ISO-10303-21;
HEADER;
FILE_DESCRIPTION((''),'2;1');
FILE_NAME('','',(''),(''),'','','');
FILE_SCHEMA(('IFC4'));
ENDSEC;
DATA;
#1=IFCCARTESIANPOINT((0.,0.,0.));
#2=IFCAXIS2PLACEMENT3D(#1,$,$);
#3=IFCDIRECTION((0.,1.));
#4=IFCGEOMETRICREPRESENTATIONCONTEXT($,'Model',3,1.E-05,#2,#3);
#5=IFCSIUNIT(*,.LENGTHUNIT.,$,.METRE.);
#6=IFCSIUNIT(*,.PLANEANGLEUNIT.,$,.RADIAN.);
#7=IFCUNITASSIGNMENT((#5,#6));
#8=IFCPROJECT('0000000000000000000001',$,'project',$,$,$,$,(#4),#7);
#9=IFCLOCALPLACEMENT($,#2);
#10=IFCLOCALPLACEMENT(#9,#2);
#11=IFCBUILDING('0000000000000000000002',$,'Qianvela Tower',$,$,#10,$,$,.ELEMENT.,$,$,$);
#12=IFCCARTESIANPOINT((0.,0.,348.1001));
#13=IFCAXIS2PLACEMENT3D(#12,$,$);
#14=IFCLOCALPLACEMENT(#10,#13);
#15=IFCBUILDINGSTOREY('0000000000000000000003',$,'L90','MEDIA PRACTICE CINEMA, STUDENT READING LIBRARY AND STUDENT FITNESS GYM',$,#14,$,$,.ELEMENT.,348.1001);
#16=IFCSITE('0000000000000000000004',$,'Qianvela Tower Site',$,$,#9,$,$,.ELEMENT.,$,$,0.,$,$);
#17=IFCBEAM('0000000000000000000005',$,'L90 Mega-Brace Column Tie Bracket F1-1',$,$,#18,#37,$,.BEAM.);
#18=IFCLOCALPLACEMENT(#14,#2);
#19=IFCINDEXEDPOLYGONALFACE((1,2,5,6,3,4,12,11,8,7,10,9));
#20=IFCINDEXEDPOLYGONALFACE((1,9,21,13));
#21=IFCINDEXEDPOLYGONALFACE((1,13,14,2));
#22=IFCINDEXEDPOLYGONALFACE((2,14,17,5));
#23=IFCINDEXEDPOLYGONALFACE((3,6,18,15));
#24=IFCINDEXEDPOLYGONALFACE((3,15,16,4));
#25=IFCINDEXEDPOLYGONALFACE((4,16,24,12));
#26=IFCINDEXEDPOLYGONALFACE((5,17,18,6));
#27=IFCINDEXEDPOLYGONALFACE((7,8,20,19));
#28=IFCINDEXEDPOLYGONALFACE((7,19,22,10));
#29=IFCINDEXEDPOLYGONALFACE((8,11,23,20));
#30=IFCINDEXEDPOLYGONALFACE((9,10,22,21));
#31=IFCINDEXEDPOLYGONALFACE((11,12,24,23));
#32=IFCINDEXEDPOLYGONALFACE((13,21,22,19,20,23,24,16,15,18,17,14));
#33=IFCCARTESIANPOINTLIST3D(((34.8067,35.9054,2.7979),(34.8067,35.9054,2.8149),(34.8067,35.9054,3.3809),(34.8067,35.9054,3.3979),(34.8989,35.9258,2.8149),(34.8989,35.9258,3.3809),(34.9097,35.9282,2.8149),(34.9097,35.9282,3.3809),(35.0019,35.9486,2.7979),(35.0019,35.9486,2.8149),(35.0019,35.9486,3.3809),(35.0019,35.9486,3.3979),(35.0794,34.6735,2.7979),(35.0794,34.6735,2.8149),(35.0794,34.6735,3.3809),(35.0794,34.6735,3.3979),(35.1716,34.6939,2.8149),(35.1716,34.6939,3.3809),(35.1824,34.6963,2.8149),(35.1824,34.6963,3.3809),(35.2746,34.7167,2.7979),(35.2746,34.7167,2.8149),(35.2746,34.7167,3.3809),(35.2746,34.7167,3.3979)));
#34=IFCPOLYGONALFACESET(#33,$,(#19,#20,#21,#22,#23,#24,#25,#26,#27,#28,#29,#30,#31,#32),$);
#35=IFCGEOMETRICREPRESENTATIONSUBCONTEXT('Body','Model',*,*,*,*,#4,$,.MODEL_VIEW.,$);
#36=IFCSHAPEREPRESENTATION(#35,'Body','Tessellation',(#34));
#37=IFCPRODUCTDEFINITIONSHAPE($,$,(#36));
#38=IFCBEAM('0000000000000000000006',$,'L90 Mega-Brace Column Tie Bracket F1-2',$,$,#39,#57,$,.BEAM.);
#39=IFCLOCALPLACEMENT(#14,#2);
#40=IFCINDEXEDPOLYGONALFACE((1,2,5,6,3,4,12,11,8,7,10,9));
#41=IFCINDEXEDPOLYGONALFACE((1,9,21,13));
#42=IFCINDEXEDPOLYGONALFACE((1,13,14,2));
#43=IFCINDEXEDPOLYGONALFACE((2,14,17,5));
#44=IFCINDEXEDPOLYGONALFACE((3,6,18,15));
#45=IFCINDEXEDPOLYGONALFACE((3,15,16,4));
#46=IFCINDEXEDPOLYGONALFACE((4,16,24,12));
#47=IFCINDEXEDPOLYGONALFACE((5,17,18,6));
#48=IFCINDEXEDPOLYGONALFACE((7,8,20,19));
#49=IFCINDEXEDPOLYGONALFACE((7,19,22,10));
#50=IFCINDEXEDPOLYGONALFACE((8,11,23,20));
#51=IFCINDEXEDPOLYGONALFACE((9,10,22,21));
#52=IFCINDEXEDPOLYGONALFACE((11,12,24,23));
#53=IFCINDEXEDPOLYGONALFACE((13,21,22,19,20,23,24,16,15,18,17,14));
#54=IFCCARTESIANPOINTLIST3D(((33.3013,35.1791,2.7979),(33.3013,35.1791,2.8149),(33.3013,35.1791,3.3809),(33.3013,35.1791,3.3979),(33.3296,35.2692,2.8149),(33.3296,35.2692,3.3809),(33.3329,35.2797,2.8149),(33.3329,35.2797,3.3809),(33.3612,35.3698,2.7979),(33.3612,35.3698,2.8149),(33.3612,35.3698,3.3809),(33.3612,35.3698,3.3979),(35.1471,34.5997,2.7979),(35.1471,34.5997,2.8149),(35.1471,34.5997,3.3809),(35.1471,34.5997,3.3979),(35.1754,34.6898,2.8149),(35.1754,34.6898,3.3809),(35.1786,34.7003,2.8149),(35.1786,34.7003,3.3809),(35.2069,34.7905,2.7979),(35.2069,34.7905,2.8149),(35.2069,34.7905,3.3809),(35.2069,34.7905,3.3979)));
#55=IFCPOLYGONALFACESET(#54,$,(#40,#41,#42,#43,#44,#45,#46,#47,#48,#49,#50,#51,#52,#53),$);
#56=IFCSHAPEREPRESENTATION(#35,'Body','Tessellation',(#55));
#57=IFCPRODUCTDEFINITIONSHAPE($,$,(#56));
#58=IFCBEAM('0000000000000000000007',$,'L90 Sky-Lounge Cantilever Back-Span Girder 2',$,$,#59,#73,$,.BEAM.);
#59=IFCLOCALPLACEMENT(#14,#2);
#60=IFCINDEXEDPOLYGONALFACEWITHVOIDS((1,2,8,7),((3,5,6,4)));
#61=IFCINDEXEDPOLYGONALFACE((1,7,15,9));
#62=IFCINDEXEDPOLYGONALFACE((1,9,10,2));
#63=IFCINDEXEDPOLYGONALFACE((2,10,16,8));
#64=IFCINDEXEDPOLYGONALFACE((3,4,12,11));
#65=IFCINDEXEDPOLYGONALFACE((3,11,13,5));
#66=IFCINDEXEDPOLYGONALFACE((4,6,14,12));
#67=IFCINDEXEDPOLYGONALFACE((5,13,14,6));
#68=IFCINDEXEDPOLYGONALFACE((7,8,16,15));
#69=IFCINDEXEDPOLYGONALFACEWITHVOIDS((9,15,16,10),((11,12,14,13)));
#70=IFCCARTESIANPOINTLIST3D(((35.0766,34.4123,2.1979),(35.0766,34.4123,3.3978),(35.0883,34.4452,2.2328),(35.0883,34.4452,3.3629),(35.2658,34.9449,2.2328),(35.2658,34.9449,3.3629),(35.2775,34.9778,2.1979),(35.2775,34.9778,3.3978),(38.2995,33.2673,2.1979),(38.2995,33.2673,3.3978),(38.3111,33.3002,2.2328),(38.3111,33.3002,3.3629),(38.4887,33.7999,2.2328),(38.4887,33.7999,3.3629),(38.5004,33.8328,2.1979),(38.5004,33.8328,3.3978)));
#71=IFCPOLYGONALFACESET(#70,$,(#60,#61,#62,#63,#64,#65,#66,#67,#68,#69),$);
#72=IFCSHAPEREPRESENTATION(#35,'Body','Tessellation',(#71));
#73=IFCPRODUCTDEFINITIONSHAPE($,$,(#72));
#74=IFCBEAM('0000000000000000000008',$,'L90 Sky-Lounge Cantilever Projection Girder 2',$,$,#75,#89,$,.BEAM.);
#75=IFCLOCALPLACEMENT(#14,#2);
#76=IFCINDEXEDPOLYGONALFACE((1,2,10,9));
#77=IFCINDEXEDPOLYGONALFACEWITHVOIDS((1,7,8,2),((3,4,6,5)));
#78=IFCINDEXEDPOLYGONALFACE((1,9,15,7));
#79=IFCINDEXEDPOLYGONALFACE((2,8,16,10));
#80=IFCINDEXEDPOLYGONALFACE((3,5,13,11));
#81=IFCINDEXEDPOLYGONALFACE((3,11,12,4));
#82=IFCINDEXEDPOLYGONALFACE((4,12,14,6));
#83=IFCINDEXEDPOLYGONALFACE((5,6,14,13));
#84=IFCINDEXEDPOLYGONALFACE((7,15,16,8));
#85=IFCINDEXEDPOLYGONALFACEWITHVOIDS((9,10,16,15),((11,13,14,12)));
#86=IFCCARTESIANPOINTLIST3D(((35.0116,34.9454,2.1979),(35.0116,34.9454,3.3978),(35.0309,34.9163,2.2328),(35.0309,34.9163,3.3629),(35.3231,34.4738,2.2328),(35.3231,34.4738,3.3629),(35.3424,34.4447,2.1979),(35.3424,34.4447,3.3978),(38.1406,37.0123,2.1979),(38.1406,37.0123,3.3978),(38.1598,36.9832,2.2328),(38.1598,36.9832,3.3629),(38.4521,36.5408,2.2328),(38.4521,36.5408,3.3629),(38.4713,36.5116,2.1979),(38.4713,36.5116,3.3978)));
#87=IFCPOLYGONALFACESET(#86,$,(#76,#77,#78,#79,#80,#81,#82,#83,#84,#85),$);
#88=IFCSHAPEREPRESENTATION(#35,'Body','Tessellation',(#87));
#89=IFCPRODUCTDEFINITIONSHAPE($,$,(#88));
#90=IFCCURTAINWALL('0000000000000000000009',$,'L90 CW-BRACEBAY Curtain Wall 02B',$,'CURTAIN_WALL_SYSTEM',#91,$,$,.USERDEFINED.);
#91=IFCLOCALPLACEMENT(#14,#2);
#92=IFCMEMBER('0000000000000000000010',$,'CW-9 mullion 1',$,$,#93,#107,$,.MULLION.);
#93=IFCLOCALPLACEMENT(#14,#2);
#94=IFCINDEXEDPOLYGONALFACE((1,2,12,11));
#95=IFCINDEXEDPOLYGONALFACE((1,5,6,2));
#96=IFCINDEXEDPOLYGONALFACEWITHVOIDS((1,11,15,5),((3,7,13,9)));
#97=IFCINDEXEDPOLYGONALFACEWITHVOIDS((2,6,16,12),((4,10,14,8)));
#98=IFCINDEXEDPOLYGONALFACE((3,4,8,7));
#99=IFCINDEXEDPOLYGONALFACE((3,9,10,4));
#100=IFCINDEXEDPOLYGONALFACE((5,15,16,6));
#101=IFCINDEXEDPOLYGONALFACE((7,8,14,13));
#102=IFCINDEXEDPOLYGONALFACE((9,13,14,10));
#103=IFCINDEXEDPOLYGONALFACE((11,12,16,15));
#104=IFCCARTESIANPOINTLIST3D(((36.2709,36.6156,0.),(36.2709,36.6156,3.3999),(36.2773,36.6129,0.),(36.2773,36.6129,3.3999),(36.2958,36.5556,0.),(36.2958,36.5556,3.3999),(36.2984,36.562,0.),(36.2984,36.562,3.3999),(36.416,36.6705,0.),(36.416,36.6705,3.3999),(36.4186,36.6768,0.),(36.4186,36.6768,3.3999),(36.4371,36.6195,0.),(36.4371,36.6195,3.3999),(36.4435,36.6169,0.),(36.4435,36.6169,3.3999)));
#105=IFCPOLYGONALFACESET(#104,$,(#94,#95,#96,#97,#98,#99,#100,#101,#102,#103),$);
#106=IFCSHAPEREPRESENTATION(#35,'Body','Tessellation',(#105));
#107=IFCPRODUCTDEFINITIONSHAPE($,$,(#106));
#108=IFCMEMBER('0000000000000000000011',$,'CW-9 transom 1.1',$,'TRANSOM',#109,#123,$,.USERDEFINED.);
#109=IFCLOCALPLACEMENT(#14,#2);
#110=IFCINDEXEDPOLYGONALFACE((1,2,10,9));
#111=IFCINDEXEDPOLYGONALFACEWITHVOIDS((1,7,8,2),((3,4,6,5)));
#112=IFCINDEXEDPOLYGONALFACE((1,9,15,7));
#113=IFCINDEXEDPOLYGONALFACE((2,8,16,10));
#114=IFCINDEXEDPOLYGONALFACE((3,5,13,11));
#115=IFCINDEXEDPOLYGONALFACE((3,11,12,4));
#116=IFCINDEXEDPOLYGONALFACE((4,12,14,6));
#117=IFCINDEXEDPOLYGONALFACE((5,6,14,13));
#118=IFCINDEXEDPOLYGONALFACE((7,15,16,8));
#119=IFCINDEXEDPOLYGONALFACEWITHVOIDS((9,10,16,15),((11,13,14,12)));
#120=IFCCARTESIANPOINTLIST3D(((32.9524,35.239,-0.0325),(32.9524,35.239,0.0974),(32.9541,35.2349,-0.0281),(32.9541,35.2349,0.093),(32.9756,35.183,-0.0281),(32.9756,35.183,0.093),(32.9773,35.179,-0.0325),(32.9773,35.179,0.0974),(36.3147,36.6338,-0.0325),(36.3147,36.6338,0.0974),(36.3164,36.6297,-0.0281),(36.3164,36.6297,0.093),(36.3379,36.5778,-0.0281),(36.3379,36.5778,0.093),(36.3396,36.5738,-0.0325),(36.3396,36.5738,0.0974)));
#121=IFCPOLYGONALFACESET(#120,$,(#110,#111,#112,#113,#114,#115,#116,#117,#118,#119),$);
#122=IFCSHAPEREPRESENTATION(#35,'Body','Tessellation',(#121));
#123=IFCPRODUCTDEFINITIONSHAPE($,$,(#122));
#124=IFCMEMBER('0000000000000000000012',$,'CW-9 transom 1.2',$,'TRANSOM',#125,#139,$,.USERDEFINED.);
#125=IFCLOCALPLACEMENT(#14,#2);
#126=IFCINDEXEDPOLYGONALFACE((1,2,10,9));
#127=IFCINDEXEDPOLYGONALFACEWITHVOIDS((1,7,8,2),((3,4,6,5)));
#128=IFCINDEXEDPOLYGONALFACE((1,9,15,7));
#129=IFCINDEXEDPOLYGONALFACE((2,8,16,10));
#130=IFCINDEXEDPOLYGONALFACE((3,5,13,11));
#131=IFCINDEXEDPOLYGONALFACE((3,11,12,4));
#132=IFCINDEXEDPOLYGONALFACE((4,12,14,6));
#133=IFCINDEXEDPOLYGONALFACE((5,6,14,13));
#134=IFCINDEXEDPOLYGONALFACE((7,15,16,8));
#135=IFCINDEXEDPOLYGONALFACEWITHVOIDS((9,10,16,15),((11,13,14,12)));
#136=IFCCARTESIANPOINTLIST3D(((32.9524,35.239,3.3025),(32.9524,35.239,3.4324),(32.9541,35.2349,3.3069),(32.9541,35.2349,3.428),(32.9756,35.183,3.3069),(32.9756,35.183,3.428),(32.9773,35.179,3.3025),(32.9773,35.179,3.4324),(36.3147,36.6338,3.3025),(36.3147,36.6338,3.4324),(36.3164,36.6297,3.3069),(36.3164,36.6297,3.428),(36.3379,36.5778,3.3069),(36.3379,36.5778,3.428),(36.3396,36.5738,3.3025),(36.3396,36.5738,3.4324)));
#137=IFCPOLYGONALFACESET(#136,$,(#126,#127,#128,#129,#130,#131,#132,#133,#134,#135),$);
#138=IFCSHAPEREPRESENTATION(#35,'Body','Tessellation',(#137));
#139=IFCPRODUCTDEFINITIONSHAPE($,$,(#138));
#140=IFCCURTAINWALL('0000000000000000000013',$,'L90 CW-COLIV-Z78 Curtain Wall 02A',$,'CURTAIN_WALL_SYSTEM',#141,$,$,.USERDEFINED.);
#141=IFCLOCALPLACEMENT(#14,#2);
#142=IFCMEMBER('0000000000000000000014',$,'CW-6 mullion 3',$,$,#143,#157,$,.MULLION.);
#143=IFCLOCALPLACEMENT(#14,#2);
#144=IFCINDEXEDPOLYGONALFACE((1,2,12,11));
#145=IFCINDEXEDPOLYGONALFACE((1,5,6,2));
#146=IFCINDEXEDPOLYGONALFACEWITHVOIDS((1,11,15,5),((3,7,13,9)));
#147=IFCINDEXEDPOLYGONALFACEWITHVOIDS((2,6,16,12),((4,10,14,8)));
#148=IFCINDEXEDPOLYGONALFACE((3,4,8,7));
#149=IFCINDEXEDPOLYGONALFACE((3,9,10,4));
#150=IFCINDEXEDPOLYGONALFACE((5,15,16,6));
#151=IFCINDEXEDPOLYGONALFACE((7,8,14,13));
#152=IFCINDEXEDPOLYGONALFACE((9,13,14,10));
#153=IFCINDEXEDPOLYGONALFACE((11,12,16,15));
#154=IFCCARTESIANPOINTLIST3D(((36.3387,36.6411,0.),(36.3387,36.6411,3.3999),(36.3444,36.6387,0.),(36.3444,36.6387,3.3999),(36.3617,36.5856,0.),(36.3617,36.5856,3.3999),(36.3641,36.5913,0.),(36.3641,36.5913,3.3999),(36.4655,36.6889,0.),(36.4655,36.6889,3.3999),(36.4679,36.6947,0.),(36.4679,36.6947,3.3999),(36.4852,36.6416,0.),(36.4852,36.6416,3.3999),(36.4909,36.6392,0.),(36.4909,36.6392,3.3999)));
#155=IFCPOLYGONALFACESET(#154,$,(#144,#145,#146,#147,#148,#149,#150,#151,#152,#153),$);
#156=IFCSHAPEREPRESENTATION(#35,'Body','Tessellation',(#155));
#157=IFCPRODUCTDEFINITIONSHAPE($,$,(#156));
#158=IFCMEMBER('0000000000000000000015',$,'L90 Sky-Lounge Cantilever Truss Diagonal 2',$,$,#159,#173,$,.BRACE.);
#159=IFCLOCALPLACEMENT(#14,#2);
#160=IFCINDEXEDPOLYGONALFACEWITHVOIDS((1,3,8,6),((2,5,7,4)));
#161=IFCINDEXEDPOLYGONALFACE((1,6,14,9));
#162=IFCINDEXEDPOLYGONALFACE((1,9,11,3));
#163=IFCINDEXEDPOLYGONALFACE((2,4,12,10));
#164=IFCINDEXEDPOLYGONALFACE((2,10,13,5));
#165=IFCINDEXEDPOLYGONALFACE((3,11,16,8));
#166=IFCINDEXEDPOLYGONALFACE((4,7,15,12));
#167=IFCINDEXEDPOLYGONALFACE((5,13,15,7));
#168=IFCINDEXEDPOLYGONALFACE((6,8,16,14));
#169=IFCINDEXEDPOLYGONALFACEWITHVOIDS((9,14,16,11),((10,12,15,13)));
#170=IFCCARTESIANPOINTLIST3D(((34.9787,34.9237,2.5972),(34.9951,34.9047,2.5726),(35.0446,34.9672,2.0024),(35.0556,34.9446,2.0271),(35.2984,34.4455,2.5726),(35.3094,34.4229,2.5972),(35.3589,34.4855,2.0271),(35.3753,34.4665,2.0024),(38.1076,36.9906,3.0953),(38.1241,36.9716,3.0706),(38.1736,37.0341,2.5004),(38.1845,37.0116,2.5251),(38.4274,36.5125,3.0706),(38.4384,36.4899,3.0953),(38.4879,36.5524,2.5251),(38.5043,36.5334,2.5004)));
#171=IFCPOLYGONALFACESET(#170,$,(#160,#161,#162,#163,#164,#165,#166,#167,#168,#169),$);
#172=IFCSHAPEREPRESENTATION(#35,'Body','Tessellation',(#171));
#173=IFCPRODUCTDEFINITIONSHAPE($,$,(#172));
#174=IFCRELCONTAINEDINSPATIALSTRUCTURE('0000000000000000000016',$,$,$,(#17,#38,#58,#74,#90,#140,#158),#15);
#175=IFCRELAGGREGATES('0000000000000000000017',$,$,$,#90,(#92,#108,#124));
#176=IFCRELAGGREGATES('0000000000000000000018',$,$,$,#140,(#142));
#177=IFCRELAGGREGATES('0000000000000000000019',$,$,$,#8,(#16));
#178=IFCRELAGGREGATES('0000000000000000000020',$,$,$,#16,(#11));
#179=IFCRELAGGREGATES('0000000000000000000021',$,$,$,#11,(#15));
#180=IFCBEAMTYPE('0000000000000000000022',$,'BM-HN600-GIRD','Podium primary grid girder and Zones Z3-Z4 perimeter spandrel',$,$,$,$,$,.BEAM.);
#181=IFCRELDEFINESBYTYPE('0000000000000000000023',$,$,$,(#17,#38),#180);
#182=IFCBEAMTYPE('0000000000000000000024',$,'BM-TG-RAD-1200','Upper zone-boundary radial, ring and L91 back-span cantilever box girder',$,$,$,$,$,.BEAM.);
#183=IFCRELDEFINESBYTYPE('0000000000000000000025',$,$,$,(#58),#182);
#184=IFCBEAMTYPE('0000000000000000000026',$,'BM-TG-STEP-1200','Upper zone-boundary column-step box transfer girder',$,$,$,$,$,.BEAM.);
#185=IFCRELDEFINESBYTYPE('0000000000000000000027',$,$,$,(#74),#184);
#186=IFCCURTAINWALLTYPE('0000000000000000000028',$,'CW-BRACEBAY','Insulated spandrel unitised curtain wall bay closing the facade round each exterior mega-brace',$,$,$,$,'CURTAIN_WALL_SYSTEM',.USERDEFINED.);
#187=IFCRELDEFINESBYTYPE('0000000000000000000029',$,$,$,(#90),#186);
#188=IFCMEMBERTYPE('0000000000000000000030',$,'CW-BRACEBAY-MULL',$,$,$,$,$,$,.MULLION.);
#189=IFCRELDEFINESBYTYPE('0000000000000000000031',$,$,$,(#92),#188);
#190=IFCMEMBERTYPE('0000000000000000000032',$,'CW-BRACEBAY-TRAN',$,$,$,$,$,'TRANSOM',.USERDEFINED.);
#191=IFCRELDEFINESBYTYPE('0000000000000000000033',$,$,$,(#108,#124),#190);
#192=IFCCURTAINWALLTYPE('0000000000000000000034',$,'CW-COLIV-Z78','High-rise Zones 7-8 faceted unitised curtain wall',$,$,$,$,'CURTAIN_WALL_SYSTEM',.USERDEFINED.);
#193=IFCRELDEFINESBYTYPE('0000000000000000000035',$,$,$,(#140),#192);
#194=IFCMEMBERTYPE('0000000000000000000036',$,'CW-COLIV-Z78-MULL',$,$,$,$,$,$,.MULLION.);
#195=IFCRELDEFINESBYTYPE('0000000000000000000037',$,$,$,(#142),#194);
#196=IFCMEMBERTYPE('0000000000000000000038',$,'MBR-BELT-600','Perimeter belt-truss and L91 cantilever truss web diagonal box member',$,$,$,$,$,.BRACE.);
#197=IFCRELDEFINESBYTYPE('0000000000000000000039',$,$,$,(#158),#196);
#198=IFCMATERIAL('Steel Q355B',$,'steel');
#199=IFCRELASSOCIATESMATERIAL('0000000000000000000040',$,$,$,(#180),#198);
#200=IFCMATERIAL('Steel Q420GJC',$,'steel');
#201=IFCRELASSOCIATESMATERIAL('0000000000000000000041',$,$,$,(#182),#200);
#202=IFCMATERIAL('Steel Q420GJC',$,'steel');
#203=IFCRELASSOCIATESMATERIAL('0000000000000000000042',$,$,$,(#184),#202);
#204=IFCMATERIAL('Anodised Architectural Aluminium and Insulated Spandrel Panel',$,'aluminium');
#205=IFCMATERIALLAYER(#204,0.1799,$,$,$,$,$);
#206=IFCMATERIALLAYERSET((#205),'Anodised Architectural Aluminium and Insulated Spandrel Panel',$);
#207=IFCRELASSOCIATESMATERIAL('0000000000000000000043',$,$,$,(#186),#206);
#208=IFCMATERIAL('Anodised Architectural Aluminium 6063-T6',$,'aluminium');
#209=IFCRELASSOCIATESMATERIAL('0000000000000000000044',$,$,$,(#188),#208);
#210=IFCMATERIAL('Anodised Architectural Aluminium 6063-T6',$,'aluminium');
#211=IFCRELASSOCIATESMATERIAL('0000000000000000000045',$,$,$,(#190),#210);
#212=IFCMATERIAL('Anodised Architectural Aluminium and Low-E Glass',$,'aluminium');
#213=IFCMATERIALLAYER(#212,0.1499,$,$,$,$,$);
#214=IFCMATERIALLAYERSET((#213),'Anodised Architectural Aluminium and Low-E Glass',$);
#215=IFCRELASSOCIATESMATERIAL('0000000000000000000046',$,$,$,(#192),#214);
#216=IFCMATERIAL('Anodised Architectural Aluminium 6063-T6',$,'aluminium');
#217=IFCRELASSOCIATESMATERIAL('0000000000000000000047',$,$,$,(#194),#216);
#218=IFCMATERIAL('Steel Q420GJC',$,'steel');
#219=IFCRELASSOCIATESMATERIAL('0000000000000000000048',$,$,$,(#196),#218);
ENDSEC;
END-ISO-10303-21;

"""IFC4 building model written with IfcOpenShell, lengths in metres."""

from ifc_helpers import new_model, si_unit, direction, frame, origin, origin_2d, place, context, subcontext, project, spatial, hollow_rectangle, i_section, extrude, material, layer, layer_set, material_profile, profile_set, type_object, element, aggregate, save


model = new_model("IFC4")

# Units and contexts
model_context = context("Model", 3, precision=1e-05, world=origin(), true_north=direction((0.0, 1.0)))
body_context = subcontext(model_context, "Body", "Model", "MODEL_VIEW")
ifc_project = project(units=[si_unit("LENGTHUNIT", "METRE"), si_unit("PLANEANGLEUNIT", "RADIAN")], contexts=[model_context])

# Site, building, storey
site_placement = place(None, origin())
site = spatial("IfcSite", under=ifc_project, at=site_placement, Name="Qianvela Tower Site", CompositionType="ELEMENT", RefElevation=0.0)
building_placement = place(site_placement, origin())
building = spatial("IfcBuilding", under=site, at=building_placement, Name="Qianvela Tower", CompositionType="ELEMENT")
storey_placement = place(building_placement, frame((0.0, 0.0, 348.1001)))
storey = spatial("IfcBuildingStorey", under=building, at=storey_placement, Name="L90", Description="MEDIA PRACTICE CINEMA, STUDENT READING LIBRARY AND STUDENT FITNESS GYM", CompositionType="ELEMENT", Elevation=348.1001)

# Beams
ifc_material_1 = material(Name="Steel Q355B", Category="steel")
ifc_material_profile_1 = material_profile(ifc_material_1, i_section(OverallWidth=0.2, OverallDepth=0.6001, WebThickness=0.011, FlangeThickness=0.0171, at=origin_2d()), Name="HN600x200x11x17")
ifc_profile_set_1 = profile_set([ifc_material_profile_1], Name="Steel Q355B")
beam_type_1 = type_object("IfcBeamType", Name="BM-HN600-GIRD", Description="Podium primary grid girder and Zones Z3-Z4 perimeter spandrel", PredefinedType="BEAM", material=ifc_profile_set_1)
beam_1_placement = place(storey_placement, frame((35.177, 34.6951, 3.0979), z_axis=(-0.216131, 0.976364, 0.0), x_axis=(-0.976364, -0.216131, 0.0)))
element("IfcBeam", 1, at=beam_1_placement, inside=storey, type_object=beam_type_1, Name="L90 Mega-Brace Column Tie Bracket F1-1", PredefinedType="BEAM", context=body_context, shape_type="SweptSolid", body=[
    extrude(i_section(OverallWidth=0.2, OverallDepth=0.6001, WebThickness=0.011, FlangeThickness=0.0171, at=origin_2d()), origin(), (0.0, 0.0, 1.0), 1.2617),
])
beam_2_placement = place(storey_placement, frame((35.177, 34.6951, 3.0979), z_axis=(-0.954102, 0.299482, 0.0), x_axis=(-0.299482, -0.954102, 0.0)))
element("IfcBeam", 2, at=beam_2_placement, inside=storey, type_object=beam_type_1, Name="L90 Mega-Brace Column Tie Bracket F1-2", PredefinedType="BEAM", context=body_context, shape_type="SweptSolid", body=[
    extrude(i_section(OverallWidth=0.2, OverallDepth=0.6001, WebThickness=0.011, FlangeThickness=0.0171, at=origin_2d()), origin(), (0.0, 0.0, 1.0), 1.9346),
])
ifc_material_2 = material(Name="Steel Q420GJC", Category="steel")
ifc_material_profile_2 = material_profile(ifc_material_2, hollow_rectangle(XDim=0.6001, YDim=1.2, WallThickness=0.0349, at=origin_2d()), Name="TG-BOX-1200x600x35")
ifc_profile_set_2 = profile_set([ifc_material_profile_2], Name="Steel Q420GJC")
beam_type_2 = type_object("IfcBeamType", Name="BM-TG-RAD-1200", Description="Upper zone-boundary radial, ring and L91 back-span cantilever box girder", PredefinedType="BEAM", material=ifc_profile_set_2)
beam_3_placement = place(storey_placement, frame((38.3999, 33.55, 2.7979), z_axis=(-0.942298, 0.334776, 0.0), x_axis=(-0.334776, -0.942298, 0.0)))
element("IfcBeam", 3, at=beam_3_placement, inside=storey, type_object=beam_type_2, Name="L90 Sky-Lounge Cantilever Back-Span Girder 2", PredefinedType="BEAM", context=body_context, shape_type="SweptSolid", body=[
    extrude(hollow_rectangle(XDim=0.6001, YDim=1.2, WallThickness=0.0349, at=origin_2d()), origin(), (0.0, 0.0, 1.0), 3.4202),
])
ifc_material_3 = material(Name="Steel Q420GJC", Category="steel")
ifc_material_profile_3 = material_profile(ifc_material_3, hollow_rectangle(XDim=0.6001, YDim=1.2, WallThickness=0.0349, at=origin_2d()), Name="TG-BOX-1200x600x35")
ifc_profile_set_3 = profile_set([ifc_material_profile_3], Name="Steel Q420GJC")
beam_type_3 = type_object("IfcBeamType", Name="BM-TG-STEP-1200", Description="Upper zone-boundary column-step box transfer girder", PredefinedType="BEAM", material=ifc_profile_set_3)
beam_4_placement = place(storey_placement, frame((35.177, 34.6951, 2.7979), z_axis=(0.834387, 0.55118, 0.0), x_axis=(-0.55118, 0.834387, 0.0)))
element("IfcBeam", 4, at=beam_4_placement, inside=storey, type_object=beam_type_3, Name="L90 Sky-Lounge Cantilever Projection Girder 2", PredefinedType="BEAM", context=body_context, shape_type="SweptSolid", body=[
    extrude(hollow_rectangle(XDim=0.6001, YDim=1.2, WallThickness=0.0349, at=origin_2d()), origin(), (0.0, 0.0, 1.0), 3.75),
])

# Curtain wall, members
ifc_material_4 = material(Name="Anodised Architectural Aluminium and Insulated Spandrel Panel", Category="aluminium")
ifc_layer_1 = layer(ifc_material_4, 0.1799)
ifc_layer_set_1 = layer_set([ifc_layer_1], Name="Anodised Architectural Aluminium and Insulated Spandrel Panel")
curtain_wall_type_1 = type_object("IfcCurtainWallType", Name="CW-BRACEBAY", Description="Insulated spandrel unitised curtain wall bay closing the facade round each exterior mega-brace", ElementType="CURTAIN_WALL_SYSTEM", PredefinedType="USERDEFINED", material=ifc_layer_set_1)
curtain_wall_1_placement = place(storey_placement, origin())
curtain_wall_1 = element("IfcCurtainWall", 5, at=curtain_wall_1_placement, inside=storey, type_object=curtain_wall_type_1, Name="L90 CW-BRACEBAY Curtain Wall 02B", ObjectType="CURTAIN_WALL_SYSTEM", PredefinedType="USERDEFINED")
ifc_material_5 = material(Name="Anodised Architectural Aluminium 6063-T6", Category="aluminium")
ifc_material_profile_4 = material_profile(ifc_material_5, hollow_rectangle(XDim=0.0649, YDim=0.1599, WallThickness=0.0049, at=origin_2d()), Name="ALU-MULL-65x160")
ifc_profile_set_4 = profile_set([ifc_material_profile_4], Name="Anodised Architectural Aluminium 6063-T6")
member_type_1 = type_object("IfcMemberType", Name="CW-BRACEBAY-MULL", PredefinedType="MULLION", material=ifc_profile_set_4)
member_1_placement = place(storey_placement, frame((36.3572, 36.6162, 0.0), z_axis=(0.0, 0.0, 1.0), x_axis=(0.383133, -0.923693, 0.0)))
member_1 = element("IfcMember", 6, at=member_1_placement, type_object=member_type_1, Name="CW-9 mullion 1", PredefinedType="MULLION", context=body_context, shape_type="SweptSolid", body=[
    extrude(hollow_rectangle(XDim=0.0649, YDim=0.1599, WallThickness=0.0049, at=origin_2d()), origin(), (0.0, 0.0, 1.0), 3.3999),
])
ifc_material_6 = material(Name="Anodised Architectural Aluminium 6063-T6", Category="aluminium")
ifc_material_profile_5 = material_profile(ifc_material_6, hollow_rectangle(XDim=0.0649, YDim=0.1299, WallThickness=0.0044, at=origin_2d()), Name="ALU-TRAN-65x130")
ifc_profile_set_5 = profile_set([ifc_material_profile_5], Name="Anodised Architectural Aluminium 6063-T6")
member_type_2 = type_object("IfcMemberType", Name="CW-BRACEBAY-TRAN", ElementType="TRANSOM", PredefinedType="USERDEFINED", material=ifc_profile_set_5)
member_2_placement = place(storey_placement, frame((36.3271, 36.6038, 0.0325), z_axis=(-0.923679, -0.383167, 0.0), x_axis=(0.383167, -0.923679, 0.0)))
member_2 = element("IfcMember", 7, at=member_2_placement, type_object=member_type_2, Name="CW-9 transom 1.1", ObjectType="TRANSOM", PredefinedType="USERDEFINED", context=body_context, shape_type="SweptSolid", body=[
    extrude(hollow_rectangle(XDim=0.0649, YDim=0.1299, WallThickness=0.0044, at=origin_2d()), origin(), (0.0, 0.0, 1.0), 3.6401),
])
member_3_placement = place(storey_placement, frame((36.3271, 36.6038, 3.3674), z_axis=(-0.923679, -0.383167, 0.0), x_axis=(0.383167, -0.923679, 0.0)))
member_3 = element("IfcMember", 8, at=member_3_placement, type_object=member_type_2, Name="CW-9 transom 1.2", ObjectType="TRANSOM", PredefinedType="USERDEFINED", context=body_context, shape_type="SweptSolid", body=[
    extrude(hollow_rectangle(XDim=0.0649, YDim=0.1299, WallThickness=0.0044, at=origin_2d()), origin(), (0.0, 0.0, 1.0), 3.6401),
])
aggregate(curtain_wall_1, [member_1, member_2, member_3])

# Curtain wall, member
ifc_material_7 = material(Name="Anodised Architectural Aluminium and Low-E Glass", Category="aluminium")
ifc_layer_2 = layer(ifc_material_7, 0.1499)
ifc_layer_set_2 = layer_set([ifc_layer_2], Name="Anodised Architectural Aluminium and Low-E Glass")
curtain_wall_type_2 = type_object("IfcCurtainWallType", Name="CW-COLIV-Z78", Description="High-rise Zones 7-8 faceted unitised curtain wall", ElementType="CURTAIN_WALL_SYSTEM", PredefinedType="USERDEFINED", material=ifc_layer_set_2)
curtain_wall_2_placement = place(storey_placement, origin())
curtain_wall_2 = element("IfcCurtainWall", 9, at=curtain_wall_2_placement, inside=storey, type_object=curtain_wall_type_2, Name="L90 CW-COLIV-Z78 Curtain Wall 02A", ObjectType="CURTAIN_WALL_SYSTEM", PredefinedType="USERDEFINED")
ifc_material_8 = material(Name="Anodised Architectural Aluminium 6063-T6", Category="aluminium")
ifc_material_profile_6 = material_profile(ifc_material_8, hollow_rectangle(XDim=0.0601, YDim=0.1399, WallThickness=0.0044, at=origin_2d()), Name="ALU-MULL-60x140")
ifc_profile_set_6 = profile_set([ifc_material_profile_6], Name="Anodised Architectural Aluminium 6063-T6")
member_type_3 = type_object("IfcMemberType", Name="CW-COLIV-Z78-MULL", PredefinedType="MULLION", material=ifc_profile_set_6)
member_4_placement = place(storey_placement, frame((36.4148, 36.6401, 0.0), z_axis=(0.0, 0.0, 1.0), x_axis=(0.383114, -0.923701, 0.0)))
member_4 = element("IfcMember", 10, at=member_4_placement, type_object=member_type_3, Name="CW-6 mullion 3", PredefinedType="MULLION", context=body_context, shape_type="SweptSolid", body=[
    extrude(hollow_rectangle(XDim=0.0601, YDim=0.1399, WallThickness=0.0044, at=origin_2d()), origin(), (0.0, 0.0, 1.0), 3.3999),
])

# Member
ifc_material_9 = material(Name="Steel Q420GJC", Category="steel")
ifc_material_profile_7 = material_profile(ifc_material_9, hollow_rectangle(XDim=0.6001, YDim=0.6001, WallThickness=0.0249, at=origin_2d()), Name="BBOX-600x600x25")
ifc_profile_set_7 = profile_set([ifc_material_profile_7], Name="Steel Q420GJC")
member_type_4 = type_object("IfcMemberType", Name="MBR-BELT-600", Description="Perimeter belt-truss and L91 cantilever truss web diagonal box member", PredefinedType="BRACE", material=ifc_profile_set_7)
member_5_placement = place(storey_placement, frame((35.177, 34.6951, 2.2998), z_axis=(0.827123, 0.546382, 0.131658), x_axis=(-0.55118, 0.834387, 0.0)))
element("IfcMember", 11, at=member_5_placement, inside=storey, type_object=member_type_4, Name="L90 Sky-Lounge Cantilever Truss Diagonal 2", PredefinedType="BRACE", context=body_context, shape_type="SweptSolid", body=[
    extrude(hollow_rectangle(XDim=0.6001, YDim=0.6001, WallThickness=0.0249, at=origin_2d()), origin(), (0.0, 0.0, 1.0), 3.783),
])

aggregate(curtain_wall_2, [member_4])

save(model, "model.ifc")
